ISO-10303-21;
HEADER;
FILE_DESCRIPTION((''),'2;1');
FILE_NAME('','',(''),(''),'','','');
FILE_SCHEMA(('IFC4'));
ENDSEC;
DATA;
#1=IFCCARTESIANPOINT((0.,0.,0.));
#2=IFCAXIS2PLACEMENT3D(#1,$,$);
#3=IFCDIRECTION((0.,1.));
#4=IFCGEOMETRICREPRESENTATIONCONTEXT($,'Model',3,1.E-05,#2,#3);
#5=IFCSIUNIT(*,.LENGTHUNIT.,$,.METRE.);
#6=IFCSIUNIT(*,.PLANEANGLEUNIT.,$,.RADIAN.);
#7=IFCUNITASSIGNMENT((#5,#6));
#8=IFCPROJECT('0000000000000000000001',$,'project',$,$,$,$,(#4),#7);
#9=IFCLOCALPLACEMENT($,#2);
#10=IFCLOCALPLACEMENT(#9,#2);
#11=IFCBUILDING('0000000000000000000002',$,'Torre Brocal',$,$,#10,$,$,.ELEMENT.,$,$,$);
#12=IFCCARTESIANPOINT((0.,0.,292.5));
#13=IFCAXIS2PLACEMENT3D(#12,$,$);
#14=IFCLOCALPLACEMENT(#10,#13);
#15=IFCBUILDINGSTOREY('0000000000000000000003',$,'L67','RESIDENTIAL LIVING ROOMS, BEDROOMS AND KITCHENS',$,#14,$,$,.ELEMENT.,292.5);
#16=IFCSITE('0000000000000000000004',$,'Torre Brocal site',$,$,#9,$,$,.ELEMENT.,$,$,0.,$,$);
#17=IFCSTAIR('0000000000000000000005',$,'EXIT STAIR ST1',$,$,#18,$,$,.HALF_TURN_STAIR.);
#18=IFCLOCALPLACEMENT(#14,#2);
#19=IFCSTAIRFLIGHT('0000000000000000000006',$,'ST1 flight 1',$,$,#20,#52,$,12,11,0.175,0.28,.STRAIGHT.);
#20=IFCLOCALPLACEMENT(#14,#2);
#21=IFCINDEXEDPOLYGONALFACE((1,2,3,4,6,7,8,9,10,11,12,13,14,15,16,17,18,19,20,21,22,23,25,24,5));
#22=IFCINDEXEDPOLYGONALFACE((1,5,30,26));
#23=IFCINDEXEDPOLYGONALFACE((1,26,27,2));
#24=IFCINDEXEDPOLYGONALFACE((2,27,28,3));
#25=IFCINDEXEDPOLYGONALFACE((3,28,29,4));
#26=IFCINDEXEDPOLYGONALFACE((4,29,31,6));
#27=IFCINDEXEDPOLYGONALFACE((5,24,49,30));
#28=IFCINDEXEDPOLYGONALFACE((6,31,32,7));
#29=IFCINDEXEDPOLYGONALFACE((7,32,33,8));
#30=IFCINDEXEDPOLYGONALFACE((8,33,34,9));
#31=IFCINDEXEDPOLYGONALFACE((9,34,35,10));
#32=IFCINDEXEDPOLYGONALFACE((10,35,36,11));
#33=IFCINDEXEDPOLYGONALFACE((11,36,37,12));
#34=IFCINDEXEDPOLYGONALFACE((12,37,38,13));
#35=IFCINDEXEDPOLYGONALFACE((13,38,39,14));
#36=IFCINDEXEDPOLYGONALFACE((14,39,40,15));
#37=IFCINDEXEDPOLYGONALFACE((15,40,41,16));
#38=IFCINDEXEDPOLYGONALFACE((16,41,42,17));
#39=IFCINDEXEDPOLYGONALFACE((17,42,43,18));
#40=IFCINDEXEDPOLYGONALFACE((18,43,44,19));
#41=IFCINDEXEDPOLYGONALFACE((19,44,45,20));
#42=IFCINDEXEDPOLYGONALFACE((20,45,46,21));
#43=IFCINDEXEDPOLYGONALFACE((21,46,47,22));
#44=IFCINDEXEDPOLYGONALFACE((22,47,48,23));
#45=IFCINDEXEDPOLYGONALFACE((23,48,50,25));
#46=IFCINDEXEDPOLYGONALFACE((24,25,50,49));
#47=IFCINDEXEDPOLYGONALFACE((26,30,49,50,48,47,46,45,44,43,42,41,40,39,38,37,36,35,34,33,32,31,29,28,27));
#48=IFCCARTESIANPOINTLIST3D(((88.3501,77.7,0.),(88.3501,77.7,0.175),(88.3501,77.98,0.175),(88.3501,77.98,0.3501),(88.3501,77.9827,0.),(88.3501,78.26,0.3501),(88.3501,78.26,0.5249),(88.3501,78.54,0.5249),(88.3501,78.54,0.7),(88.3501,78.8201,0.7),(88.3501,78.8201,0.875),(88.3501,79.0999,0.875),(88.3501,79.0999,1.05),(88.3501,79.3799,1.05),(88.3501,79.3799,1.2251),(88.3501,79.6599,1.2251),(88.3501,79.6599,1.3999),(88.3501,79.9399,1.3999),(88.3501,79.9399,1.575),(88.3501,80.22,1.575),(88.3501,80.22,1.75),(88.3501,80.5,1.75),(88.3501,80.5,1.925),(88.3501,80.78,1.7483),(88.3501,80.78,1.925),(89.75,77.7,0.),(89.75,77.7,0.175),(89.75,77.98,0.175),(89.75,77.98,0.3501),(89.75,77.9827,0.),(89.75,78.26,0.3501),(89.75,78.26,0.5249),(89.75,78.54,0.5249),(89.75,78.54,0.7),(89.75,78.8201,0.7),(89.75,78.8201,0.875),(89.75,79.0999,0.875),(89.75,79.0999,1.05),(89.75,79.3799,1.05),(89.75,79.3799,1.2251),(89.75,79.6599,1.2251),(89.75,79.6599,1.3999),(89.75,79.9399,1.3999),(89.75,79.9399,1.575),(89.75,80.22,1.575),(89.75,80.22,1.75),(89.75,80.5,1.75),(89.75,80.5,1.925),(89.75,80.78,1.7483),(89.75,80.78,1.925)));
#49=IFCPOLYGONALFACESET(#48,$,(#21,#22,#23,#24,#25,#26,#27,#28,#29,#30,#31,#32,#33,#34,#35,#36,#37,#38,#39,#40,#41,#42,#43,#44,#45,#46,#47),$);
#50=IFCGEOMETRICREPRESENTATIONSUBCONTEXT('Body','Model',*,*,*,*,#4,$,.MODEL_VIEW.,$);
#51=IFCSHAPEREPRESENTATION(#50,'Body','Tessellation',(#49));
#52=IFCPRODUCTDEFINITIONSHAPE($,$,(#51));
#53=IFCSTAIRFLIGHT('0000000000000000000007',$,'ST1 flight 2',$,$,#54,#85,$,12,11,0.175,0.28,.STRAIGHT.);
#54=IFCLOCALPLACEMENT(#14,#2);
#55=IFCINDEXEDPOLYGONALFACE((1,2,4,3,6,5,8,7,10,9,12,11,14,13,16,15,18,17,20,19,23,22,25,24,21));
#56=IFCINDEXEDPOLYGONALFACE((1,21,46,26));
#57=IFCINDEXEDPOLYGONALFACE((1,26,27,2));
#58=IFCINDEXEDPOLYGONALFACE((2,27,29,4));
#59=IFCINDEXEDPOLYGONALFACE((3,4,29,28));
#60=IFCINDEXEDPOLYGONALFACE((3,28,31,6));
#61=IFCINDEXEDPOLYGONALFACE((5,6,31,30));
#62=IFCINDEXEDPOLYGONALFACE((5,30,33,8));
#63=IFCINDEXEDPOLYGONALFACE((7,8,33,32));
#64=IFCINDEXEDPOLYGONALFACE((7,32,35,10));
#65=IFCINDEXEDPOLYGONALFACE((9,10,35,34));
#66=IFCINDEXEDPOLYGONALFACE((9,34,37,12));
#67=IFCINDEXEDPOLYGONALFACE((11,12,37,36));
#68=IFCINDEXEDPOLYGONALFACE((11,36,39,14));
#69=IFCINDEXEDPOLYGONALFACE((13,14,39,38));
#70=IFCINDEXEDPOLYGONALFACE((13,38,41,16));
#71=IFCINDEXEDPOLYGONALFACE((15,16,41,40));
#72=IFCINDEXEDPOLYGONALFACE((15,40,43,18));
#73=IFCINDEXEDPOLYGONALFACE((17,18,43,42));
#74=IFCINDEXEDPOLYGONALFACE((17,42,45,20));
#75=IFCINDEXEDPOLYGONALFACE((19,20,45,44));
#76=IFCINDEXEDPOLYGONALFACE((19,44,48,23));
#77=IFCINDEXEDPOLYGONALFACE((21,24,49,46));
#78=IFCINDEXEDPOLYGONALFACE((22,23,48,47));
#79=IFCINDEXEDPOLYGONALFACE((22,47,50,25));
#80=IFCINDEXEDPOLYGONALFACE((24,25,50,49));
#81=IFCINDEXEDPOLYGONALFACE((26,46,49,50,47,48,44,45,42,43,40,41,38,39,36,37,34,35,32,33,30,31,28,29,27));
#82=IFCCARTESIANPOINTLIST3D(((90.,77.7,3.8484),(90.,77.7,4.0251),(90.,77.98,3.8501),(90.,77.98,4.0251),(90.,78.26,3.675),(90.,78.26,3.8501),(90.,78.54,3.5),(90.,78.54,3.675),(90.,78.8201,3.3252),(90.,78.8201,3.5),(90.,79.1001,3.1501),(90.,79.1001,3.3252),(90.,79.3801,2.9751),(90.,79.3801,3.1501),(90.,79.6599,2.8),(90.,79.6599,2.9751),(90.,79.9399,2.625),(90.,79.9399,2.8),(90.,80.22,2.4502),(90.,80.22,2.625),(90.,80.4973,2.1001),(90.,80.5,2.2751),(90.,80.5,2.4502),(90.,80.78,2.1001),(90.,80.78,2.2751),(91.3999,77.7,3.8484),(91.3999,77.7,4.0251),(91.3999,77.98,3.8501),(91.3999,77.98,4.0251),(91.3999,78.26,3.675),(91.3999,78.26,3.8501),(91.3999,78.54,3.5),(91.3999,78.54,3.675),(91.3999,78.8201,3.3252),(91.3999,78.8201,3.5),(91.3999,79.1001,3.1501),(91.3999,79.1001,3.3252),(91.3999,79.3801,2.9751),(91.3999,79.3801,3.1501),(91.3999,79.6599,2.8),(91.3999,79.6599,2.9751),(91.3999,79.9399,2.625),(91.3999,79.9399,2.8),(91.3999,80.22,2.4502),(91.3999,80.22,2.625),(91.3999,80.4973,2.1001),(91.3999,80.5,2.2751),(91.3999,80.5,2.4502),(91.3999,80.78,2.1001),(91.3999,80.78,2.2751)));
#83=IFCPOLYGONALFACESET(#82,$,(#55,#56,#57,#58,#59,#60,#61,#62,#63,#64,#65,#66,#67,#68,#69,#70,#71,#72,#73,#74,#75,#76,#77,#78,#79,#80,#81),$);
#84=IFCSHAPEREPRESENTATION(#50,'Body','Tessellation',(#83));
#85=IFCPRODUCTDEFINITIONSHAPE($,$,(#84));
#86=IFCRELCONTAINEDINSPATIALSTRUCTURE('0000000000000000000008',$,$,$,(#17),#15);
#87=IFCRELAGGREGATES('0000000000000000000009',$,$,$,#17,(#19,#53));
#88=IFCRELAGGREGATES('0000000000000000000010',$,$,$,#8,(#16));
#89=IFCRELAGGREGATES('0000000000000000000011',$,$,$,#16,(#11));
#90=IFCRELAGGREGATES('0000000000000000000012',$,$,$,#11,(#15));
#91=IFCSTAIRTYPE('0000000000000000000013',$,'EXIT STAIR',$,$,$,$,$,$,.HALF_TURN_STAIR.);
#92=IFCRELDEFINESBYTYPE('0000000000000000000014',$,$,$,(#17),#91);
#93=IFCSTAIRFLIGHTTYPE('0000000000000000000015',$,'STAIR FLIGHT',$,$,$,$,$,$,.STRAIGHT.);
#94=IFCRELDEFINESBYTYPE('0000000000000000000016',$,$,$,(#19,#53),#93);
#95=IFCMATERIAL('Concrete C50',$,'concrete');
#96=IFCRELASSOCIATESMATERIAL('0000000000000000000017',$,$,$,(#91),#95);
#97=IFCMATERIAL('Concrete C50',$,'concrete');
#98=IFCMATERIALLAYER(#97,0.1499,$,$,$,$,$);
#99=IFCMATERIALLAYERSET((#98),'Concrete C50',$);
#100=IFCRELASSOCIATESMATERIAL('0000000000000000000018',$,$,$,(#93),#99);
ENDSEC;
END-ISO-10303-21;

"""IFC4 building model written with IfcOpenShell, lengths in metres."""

from ifc_helpers import new_model, si_unit, direction, frame, origin, place, context, subcontext, project, spatial, polyline, outline, extrude, material, layer, layer_set, type_object, element, aggregate, save


model = new_model("IFC4")

# Units and contexts
model_context = context("Model", 3, precision=1e-05, world=origin(), true_north=direction((0.0, 1.0)))
body_context = subcontext(model_context, "Body", "Model", "MODEL_VIEW")
ifc_project = project(units=[si_unit("LENGTHUNIT", "METRE"), si_unit("PLANEANGLEUNIT", "RADIAN")], contexts=[model_context])

# Site, building, storey
site_placement = place(None, origin())
site = spatial("IfcSite", under=ifc_project, at=site_placement, Name="Torre Brocal site", CompositionType="ELEMENT", RefElevation=0.0)
building_placement = place(site_placement, origin())
building = spatial("IfcBuilding", under=site, at=building_placement, Name="Torre Brocal", CompositionType="ELEMENT")
storey_placement = place(building_placement, frame((0.0, 0.0, 292.5)))
storey = spatial("IfcBuildingStorey", under=building, at=storey_placement, Name="L67", Description="RESIDENTIAL LIVING ROOMS, BEDROOMS AND KITCHENS", CompositionType="ELEMENT", Elevation=292.5)

# Stair, stair flights
ifc_material_1 = material(Name="Concrete C50", Category="concrete")
stair_type = type_object("IfcStairType", Name="EXIT STAIR", PredefinedType="HALF_TURN_STAIR", material=ifc_material_1)
stair_placement = place(storey_placement, origin())
stair = element("IfcStair", 1, at=stair_placement, inside=storey, type_object=stair_type, Name="EXIT STAIR ST1", PredefinedType="HALF_TURN_STAIR")
ifc_material_2 = material(Name="Concrete C50", Category="concrete")
ifc_layer_1 = layer(ifc_material_2, 0.1499)
ifc_layer_set_1 = layer_set([ifc_layer_1], Name="Concrete C50")
stair_flight_type = type_object("IfcStairFlightType", Name="STAIR FLIGHT", PredefinedType="STRAIGHT", material=ifc_layer_set_1)
stair_flight_1_placement = place(storey_placement, frame((89.05, 77.7, 0.0), z_axis=(0.0, 0.0, 1.0), x_axis=(0.0, 1.0, 0.0)))
stair_flight_1 = element("IfcStairFlight", 2, at=stair_flight_1_placement, type_object=stair_flight_type, Name="ST1 flight 1", NumberOfRisers=12, NumberOfTreads=11, PredefinedType="STRAIGHT", RiserHeight=0.175, TreadLength=0.28, context=body_context, shape_type="SweptSolid", body=[
    extrude(outline(polyline([(0.0, 0.0), (0.0, 0.175), (0.28, 0.175), (0.28, 0.3501), (0.5601, 0.3501), (0.5601, 0.5249), (0.8401, 0.5249), (0.8401, 0.7), (1.1201, 0.7), (1.1201, 0.875), (1.3999, 0.875), (1.3999, 1.05), (1.6799, 1.05), (1.6799, 1.2251), (1.96, 1.2251), (1.96, 1.3999), (2.24, 1.3999), (2.24, 1.575), (2.52, 1.575), (2.52, 1.75), (2.8, 1.75), (2.8, 1.925), (3.0801, 1.925), (3.0801, 2.1001), (3.0801, 1.7483), (0.2827, 0.0), (0.0, 0.0)])), frame((0.0, 0.7, 0.0), z_axis=(0.0, -1.0, 0.0), x_axis=(1.0, 0.0, 0.0)), (0.0, 0.0, 1.0), 1.3999),
])
stair_flight_2_placement = place(storey_placement, frame((90.7, 80.78, 2.1001), z_axis=(0.0, 0.0, 1.0), x_axis=(0.0, -1.0, 0.0)))
stair_flight_2 = element("IfcStairFlight", 3, at=stair_flight_2_placement, type_object=stair_flight_type, Name="ST1 flight 2", NumberOfRisers=12, NumberOfTreads=11, PredefinedType="STRAIGHT", RiserHeight=0.175, TreadLength=0.28, context=body_context, shape_type="SweptSolid", body=[
    extrude(outline(polyline([(0.0, 0.0), (0.0, 0.175), (0.28, 0.175), (0.28, 0.3501), (0.5601, 0.3501), (0.5601, 0.5249), (0.8401, 0.5249), (0.8401, 0.7), (1.1201, 0.7), (1.1201, 0.875), (1.3999, 0.875), (1.3999, 1.05), (1.6799, 1.05), (1.6799, 1.2251), (1.96, 1.2251), (1.96, 1.3999), (2.24, 1.3999), (2.24, 1.575), (2.52, 1.575), (2.52, 1.75), (2.8, 1.75), (2.8, 1.925), (3.0801, 1.925), (3.0801, 2.1001), (3.0801, 1.7483), (0.2827, 0.0), (0.0, 0.0)])), frame((0.0, 0.7, 0.0), z_axis=(0.0, -1.0, 0.0), x_axis=(1.0, 0.0, 0.0)), (0.0, 0.0, 1.0), 1.3999),
])
aggregate(stair, [stair_flight_1, stair_flight_2])

save(model, "model.ifc")
